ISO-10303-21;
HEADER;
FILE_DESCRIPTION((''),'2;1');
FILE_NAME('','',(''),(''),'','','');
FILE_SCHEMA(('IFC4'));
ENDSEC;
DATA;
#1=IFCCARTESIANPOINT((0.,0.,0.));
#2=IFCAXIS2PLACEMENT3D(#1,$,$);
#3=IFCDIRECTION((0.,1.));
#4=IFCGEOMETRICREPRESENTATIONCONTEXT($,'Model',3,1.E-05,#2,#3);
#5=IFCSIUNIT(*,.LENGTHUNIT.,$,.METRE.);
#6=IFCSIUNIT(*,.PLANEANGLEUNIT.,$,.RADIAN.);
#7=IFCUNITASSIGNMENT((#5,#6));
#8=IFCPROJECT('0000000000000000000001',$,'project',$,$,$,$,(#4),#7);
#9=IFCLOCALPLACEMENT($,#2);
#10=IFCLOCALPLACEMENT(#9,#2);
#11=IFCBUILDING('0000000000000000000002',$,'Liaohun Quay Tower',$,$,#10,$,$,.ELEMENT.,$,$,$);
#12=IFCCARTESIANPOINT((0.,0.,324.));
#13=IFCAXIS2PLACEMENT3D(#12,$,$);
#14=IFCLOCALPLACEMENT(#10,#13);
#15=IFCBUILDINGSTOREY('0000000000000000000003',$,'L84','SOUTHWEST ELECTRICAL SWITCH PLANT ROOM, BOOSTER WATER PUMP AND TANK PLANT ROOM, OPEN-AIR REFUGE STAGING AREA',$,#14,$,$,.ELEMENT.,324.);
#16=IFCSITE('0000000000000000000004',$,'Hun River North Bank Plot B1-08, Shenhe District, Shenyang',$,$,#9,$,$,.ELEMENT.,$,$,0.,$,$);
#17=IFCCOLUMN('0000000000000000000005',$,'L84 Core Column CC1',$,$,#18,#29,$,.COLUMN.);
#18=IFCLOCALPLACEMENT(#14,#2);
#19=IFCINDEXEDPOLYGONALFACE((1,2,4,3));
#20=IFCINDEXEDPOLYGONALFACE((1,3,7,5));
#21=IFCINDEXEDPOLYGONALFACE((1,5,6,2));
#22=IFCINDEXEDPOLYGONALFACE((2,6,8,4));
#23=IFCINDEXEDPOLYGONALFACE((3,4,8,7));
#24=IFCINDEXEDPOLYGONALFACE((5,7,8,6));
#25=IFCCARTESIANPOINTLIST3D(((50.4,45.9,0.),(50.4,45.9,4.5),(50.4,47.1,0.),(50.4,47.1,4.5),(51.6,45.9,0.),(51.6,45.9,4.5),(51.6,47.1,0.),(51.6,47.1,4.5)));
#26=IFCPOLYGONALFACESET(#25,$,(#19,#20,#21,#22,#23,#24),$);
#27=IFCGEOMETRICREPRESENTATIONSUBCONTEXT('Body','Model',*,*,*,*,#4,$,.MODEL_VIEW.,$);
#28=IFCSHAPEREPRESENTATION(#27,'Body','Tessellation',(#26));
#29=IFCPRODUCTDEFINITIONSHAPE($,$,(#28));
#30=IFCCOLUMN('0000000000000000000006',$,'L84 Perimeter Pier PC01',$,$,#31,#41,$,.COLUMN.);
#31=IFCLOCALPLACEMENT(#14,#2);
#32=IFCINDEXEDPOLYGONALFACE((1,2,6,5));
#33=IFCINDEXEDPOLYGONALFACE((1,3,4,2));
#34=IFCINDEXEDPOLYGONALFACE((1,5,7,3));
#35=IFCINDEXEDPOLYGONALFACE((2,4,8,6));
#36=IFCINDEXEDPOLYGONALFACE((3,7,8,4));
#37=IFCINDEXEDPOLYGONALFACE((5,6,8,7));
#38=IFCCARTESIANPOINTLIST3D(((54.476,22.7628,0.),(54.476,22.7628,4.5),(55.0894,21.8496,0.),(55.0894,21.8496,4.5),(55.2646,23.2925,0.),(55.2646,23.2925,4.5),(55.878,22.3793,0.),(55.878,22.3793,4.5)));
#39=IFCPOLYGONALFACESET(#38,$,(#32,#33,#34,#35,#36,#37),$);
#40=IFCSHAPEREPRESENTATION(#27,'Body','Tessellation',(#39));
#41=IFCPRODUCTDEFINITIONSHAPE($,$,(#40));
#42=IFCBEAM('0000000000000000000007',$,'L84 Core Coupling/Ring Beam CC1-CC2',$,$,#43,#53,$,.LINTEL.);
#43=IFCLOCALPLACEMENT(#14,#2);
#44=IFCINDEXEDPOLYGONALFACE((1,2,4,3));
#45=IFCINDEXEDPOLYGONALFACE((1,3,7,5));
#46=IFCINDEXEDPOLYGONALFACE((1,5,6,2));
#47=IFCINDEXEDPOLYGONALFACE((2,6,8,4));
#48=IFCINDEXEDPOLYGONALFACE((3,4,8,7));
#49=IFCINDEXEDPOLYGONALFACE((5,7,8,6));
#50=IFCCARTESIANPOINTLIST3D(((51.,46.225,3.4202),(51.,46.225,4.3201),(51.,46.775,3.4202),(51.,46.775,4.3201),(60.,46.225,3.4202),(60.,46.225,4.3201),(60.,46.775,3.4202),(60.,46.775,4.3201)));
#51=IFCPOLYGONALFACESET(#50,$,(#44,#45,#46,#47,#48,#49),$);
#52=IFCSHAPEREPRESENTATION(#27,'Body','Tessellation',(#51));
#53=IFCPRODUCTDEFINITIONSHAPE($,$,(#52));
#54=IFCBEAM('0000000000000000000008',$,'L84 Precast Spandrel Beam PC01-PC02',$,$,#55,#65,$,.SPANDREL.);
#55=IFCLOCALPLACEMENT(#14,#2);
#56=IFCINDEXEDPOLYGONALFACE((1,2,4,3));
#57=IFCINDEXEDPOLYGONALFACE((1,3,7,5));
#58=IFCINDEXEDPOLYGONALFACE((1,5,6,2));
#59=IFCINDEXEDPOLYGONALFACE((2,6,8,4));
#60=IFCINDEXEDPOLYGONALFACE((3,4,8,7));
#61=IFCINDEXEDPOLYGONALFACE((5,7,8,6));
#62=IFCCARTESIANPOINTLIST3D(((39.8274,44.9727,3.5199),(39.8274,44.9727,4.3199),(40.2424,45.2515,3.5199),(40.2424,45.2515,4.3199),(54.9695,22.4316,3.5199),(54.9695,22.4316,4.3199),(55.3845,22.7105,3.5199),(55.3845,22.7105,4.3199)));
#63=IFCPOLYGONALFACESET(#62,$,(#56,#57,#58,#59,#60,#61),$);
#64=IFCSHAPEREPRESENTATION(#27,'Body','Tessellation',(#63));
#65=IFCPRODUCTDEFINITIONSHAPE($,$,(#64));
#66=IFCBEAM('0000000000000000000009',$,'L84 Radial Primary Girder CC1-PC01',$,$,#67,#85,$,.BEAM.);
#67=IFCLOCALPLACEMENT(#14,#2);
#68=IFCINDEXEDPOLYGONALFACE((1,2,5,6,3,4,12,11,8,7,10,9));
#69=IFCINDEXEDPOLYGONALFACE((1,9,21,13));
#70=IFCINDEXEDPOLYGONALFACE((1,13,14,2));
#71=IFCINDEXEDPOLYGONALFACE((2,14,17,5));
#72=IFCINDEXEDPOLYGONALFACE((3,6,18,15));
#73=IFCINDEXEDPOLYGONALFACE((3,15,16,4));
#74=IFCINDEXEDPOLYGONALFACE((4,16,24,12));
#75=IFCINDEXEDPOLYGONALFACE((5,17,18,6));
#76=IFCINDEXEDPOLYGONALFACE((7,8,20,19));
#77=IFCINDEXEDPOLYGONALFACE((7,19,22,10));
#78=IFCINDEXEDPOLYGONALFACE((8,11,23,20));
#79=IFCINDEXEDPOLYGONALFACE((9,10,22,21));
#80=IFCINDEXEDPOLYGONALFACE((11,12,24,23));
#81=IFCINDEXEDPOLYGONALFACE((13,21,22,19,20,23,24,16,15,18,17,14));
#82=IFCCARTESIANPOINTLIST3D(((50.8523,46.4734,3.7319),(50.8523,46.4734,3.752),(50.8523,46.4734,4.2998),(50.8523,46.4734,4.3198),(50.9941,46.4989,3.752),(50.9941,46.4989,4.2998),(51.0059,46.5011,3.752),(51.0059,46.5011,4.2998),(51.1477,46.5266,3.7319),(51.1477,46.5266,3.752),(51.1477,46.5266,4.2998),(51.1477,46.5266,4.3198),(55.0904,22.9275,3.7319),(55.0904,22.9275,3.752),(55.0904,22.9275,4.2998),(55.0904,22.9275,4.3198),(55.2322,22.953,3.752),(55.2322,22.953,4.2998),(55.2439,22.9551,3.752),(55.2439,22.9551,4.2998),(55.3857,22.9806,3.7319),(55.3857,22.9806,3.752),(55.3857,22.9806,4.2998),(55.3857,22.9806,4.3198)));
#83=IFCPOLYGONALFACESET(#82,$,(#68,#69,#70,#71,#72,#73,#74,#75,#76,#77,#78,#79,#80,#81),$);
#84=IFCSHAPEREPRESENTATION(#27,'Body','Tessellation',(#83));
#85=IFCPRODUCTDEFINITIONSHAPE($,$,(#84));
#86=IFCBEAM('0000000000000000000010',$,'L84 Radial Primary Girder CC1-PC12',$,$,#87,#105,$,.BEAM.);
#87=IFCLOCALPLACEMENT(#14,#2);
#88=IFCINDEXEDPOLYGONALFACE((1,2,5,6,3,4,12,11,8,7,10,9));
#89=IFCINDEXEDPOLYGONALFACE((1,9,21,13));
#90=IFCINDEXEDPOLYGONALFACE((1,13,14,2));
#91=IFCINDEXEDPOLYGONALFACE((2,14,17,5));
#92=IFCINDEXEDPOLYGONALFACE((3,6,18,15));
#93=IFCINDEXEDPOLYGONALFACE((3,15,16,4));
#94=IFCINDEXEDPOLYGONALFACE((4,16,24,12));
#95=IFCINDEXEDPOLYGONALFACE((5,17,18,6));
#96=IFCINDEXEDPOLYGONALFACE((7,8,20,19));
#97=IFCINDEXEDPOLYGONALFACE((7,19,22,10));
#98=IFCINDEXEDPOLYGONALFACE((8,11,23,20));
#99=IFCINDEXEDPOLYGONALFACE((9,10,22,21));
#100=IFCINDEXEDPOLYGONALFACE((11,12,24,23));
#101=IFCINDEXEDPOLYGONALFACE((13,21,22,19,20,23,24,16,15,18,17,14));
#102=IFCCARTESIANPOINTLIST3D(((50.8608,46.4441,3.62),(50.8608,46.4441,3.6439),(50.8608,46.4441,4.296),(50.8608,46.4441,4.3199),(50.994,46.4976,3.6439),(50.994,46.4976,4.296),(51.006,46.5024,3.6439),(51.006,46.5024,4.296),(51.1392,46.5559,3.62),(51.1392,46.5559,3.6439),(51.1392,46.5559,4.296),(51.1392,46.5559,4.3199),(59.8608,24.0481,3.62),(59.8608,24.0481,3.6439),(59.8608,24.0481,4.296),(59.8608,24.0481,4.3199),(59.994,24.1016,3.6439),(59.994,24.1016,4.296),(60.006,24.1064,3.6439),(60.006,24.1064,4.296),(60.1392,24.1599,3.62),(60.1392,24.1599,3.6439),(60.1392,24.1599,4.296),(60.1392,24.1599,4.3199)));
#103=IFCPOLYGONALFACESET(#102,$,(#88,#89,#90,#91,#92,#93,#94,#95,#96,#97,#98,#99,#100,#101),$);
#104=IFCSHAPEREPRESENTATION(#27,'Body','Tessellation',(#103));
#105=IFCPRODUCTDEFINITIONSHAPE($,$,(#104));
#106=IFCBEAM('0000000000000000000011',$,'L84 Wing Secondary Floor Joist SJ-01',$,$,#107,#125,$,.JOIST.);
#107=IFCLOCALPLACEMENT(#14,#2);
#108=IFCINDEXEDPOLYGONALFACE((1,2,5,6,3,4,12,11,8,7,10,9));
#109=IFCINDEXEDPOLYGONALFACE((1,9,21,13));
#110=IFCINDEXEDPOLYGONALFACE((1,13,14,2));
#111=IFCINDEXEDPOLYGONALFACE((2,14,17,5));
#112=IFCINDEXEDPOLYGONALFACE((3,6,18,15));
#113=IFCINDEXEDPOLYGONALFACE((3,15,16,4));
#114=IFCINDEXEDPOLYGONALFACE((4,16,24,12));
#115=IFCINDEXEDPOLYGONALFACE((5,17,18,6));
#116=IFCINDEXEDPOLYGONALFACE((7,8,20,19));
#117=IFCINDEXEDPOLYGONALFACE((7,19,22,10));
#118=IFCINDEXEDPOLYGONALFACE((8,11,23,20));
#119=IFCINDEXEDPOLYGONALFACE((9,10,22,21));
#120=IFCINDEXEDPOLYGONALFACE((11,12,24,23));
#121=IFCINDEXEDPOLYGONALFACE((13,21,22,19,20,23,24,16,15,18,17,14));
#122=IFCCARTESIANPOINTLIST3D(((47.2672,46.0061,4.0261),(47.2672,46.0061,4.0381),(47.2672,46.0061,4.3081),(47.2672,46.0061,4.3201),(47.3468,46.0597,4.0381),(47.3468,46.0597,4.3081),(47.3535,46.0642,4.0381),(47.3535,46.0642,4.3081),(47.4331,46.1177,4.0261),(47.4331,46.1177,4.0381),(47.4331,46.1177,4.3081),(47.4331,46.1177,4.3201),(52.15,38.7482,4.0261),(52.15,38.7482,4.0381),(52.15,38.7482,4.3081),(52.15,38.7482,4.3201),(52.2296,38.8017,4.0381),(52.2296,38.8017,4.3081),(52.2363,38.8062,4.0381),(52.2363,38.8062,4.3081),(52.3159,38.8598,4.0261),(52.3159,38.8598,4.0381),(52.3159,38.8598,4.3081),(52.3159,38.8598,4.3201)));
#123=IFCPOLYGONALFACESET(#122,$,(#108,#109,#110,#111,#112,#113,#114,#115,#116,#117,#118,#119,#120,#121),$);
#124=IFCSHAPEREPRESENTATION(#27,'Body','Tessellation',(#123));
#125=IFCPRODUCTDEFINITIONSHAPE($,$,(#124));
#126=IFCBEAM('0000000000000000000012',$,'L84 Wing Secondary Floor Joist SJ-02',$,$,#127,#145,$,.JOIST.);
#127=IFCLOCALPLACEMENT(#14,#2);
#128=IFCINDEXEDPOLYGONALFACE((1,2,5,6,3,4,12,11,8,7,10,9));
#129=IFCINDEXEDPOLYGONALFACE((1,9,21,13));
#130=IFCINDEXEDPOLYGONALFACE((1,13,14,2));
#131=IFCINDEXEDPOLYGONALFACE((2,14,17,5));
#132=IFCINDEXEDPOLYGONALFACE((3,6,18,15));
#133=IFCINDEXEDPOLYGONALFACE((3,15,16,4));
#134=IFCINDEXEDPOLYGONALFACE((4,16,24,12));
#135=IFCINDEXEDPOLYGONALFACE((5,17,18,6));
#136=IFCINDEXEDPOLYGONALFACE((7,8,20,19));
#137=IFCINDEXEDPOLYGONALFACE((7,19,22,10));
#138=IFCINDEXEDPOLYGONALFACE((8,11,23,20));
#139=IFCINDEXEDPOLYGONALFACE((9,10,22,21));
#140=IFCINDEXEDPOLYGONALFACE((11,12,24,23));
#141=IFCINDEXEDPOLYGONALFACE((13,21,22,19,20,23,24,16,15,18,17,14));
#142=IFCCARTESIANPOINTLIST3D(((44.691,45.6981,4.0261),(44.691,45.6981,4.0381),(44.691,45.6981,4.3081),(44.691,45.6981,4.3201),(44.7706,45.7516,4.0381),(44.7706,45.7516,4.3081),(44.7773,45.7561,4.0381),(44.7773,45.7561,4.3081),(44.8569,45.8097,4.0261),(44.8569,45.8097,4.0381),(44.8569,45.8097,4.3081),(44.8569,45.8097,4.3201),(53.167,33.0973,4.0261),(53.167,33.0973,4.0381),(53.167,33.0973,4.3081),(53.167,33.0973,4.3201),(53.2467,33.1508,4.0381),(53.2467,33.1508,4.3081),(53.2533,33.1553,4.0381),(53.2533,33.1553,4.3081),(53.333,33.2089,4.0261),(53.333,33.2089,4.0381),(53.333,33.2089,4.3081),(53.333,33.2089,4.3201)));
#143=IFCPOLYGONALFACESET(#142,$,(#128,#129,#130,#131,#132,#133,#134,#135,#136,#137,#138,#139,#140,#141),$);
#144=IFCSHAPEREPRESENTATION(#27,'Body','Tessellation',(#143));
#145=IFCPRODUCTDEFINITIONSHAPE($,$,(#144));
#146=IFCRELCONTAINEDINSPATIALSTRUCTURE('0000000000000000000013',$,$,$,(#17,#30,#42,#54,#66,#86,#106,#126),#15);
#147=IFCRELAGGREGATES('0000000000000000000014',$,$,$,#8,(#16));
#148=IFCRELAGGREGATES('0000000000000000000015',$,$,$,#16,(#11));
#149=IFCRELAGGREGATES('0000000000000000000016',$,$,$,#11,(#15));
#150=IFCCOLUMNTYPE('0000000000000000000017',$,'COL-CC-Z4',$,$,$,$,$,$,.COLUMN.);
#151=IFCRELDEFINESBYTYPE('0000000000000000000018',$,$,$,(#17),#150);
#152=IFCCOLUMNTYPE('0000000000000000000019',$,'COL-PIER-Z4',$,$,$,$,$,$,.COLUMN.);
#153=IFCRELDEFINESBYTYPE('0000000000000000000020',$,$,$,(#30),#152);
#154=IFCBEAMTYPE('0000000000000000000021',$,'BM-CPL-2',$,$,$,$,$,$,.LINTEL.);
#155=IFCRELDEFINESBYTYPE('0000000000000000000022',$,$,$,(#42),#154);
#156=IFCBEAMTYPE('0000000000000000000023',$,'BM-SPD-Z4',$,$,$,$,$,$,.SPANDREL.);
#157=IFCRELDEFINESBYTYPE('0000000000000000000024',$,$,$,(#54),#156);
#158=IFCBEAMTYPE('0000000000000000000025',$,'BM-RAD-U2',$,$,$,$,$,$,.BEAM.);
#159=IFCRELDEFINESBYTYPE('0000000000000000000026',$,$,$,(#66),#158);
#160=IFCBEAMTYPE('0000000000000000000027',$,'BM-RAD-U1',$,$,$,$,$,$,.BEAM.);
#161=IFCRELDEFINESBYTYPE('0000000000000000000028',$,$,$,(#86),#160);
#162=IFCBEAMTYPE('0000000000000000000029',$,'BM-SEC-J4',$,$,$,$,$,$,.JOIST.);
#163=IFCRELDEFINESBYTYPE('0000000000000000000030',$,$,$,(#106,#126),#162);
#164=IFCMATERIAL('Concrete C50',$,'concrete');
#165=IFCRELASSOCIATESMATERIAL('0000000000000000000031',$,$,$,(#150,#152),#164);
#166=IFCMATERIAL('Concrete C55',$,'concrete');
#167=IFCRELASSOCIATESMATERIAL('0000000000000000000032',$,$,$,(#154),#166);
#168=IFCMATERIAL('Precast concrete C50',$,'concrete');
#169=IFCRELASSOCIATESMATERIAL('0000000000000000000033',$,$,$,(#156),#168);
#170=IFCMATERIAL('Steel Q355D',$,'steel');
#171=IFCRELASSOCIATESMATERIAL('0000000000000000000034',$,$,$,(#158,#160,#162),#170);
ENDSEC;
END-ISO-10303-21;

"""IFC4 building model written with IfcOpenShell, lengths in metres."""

from ifc_helpers import new_model, si_unit, direction, frame, origin, origin_2d, place, context, subcontext, project, spatial, rectangle, i_section, extrude, source, transform, mapped, material, material_profile, profile_set, type_object, element, save


model = new_model("IFC4")

# Units and contexts
model_context = context("Model", 3, precision=1e-05, world=origin(), true_north=direction((0.0, 1.0)))
body_context = subcontext(model_context, "Body", "Model", "MODEL_VIEW")
ifc_project = project(units=[si_unit("LENGTHUNIT", "METRE"), si_unit("PLANEANGLEUNIT", "RADIAN")], contexts=[model_context])

# Site, building, storey
site_placement = place(None, origin())
site = spatial("IfcSite", under=ifc_project, at=site_placement, Name="Hun River North Bank Plot B1-08, Shenhe District, Shenyang", CompositionType="ELEMENT", RefElevation=0.0)
building_placement = place(site_placement, origin())
building = spatial("IfcBuilding", under=site, at=building_placement, Name="Liaohun Quay Tower", CompositionType="ELEMENT")
storey_placement = place(building_placement, frame((0.0, 0.0, 324.0)))
storey = spatial("IfcBuildingStorey", under=building, at=storey_placement, Name="L84", Description="SOUTHWEST ELECTRICAL SWITCH PLANT ROOM, BOOSTER WATER PUMP AND TANK PLANT ROOM, OPEN-AIR REFUGE STAGING AREA", CompositionType="ELEMENT", Elevation=324.0)

# Columns
ifc_material_1 = material(Name="Concrete C50", Category="concrete")
ifc_material_profile_1 = material_profile(ifc_material_1, rectangle(XDim=1.2, YDim=1.2, at=origin_2d()), Name="RC1200x1200")
ifc_profile_set_1 = profile_set([ifc_material_profile_1], Name="Concrete C50")
column_type_1 = type_object("IfcColumnType", Name="COL-CC-Z4", PredefinedType="COLUMN", material=ifc_profile_set_1)
shared_shape_1 = source(origin(), body_context, "Body", "SweptSolid", [
    extrude(rectangle(XDim=1.2, YDim=1.2, at=origin_2d()), origin(), (0.0, 0.0, 1.0), 4.5),
])
column_1_placement = place(storey_placement, frame((51.0, 46.5, 0.0), z_axis=(0.0, 0.0, 1.0), x_axis=(1.0, 0.0, 0.0)))
element("IfcColumn", 1, at=column_1_placement, inside=storey, type_object=column_type_1, Name="L84 Core Column CC1", PredefinedType="COLUMN", context=body_context, shape_type="MappedRepresentation", body=[
    mapped(shared_shape_1, transform((0.0, 0.0, 0.0), x_axis=(1.0, 0.0, 0.0), y_axis=(0.0, 1.0, 0.0), z_axis=(0.0, 0.0, 1.0), scale=1.0)),
])
ifc_material_profile_2 = material_profile(ifc_material_1, rectangle(XDim=1.1001, YDim=0.95, at=origin_2d()), Name="RC1100x950")
ifc_profile_set_2 = profile_set([ifc_material_profile_2], Name="Concrete C50")
column_type_2 = type_object("IfcColumnType", Name="COL-PIER-Z4", PredefinedType="COLUMN", material=ifc_profile_set_2)
shared_shape_2 = source(origin(), body_context, "Body", "SweptSolid", [
    extrude(rectangle(XDim=1.1001, YDim=0.95, at=origin_2d()), origin(), (0.0, 0.0, 1.0), 4.5),
])
column_2_placement = place(storey_placement, frame((55.177, 22.571, 0.0), z_axis=(0.0, 0.0, 1.0), x_axis=(-0.5576, 0.83011, 0.0)))
element("IfcColumn", 2, at=column_2_placement, inside=storey, type_object=column_type_2, Name="L84 Perimeter Pier PC01", PredefinedType="COLUMN", context=body_context, shape_type="MappedRepresentation", body=[
    mapped(shared_shape_2, transform((0.0, 0.0, 0.0), x_axis=(1.0, 0.0, 0.0), y_axis=(0.0, 1.0, 0.0), z_axis=(0.0, 0.0, 1.0), scale=1.0)),
])

# Beams
ifc_material_2 = material(Name="Concrete C55", Category="concrete")
ifc_material_profile_3 = material_profile(ifc_material_2, rectangle(XDim=0.55, YDim=0.8999, at=origin_2d()), Name="RC550x900")
ifc_profile_set_3 = profile_set([ifc_material_profile_3], Name="Concrete C55")
beam_type_1 = type_object("IfcBeamType", Name="BM-CPL-2", PredefinedType="LINTEL", material=ifc_profile_set_3)
shared_shape_3 = source(origin(), body_context, "Body", "SweptSolid", [
    extrude(rectangle(XDim=0.55, YDim=0.8999, at=origin_2d()), origin(), (0.0, 0.0, 1.0), 9.0),
])
beam_1_placement = place(storey_placement, frame((51.0, 46.5, 3.8701), z_axis=(1.0, 0.0, 0.0), x_axis=(0.0, 1.0, 0.0)))
element("IfcBeam", 3, at=beam_1_placement, inside=storey, type_object=beam_type_1, Name="L84 Core Coupling/Ring Beam CC1-CC2", PredefinedType="LINTEL", context=body_context, shape_type="MappedRepresentation", body=[
    mapped(shared_shape_3, transform((0.0, 0.0, 0.0), x_axis=(1.0, 0.0, 0.0), y_axis=(0.0, 1.0, 0.0), z_axis=(0.0, 0.0, 1.0), scale=1.0)),
])
ifc_material_3 = material(Name="Precast concrete C50", Category="concrete")
ifc_material_profile_4 = material_profile(ifc_material_3, rectangle(XDim=0.5, YDim=0.8, at=origin_2d()), Name="RC500x800")
ifc_profile_set_4 = profile_set([ifc_material_profile_4], Name="Precast concrete C50")
beam_type_2 = type_object("IfcBeamType", Name="BM-SPD-Z4", PredefinedType="SPANDREL", material=ifc_profile_set_4)
shared_shape_4 = source(origin(), body_context, "Body", "SweptSolid", [
    extrude(rectangle(XDim=0.5, YDim=0.8, at=origin_2d()), origin(), (0.0, 0.0, 1.0), 27.1548),
])
beam_2_placement = place(storey_placement, frame((55.177, 22.571, 3.9199), z_axis=(-0.557622, 0.830095, 0.0), x_axis=(-0.830095, -0.557622, 0.0)))
element("IfcBeam", 4, at=beam_2_placement, inside=storey, type_object=beam_type_2, Name="L84 Precast Spandrel Beam PC01-PC02", PredefinedType="SPANDREL", context=body_context, shape_type="MappedRepresentation", body=[
    mapped(shared_shape_4, transform((0.0, 0.0, 0.0), x_axis=(1.0, 0.0, 0.0), y_axis=(0.0, 1.0, 0.0), z_axis=(0.0, 0.0, 1.0), scale=1.0)),
])
ifc_material_4 = material(Name="Steel Q355D", Category="steel")
ifc_material_profile_5 = material_profile(ifc_material_4, i_section(OverallWidth=0.3, OverallDepth=0.5879, WebThickness=0.012, FlangeThickness=0.02, at=origin_2d()), Name="HM588x300x12x20")
ifc_profile_set_5 = profile_set([ifc_material_profile_5], Name="Steel Q355D")
beam_type_3 = type_object("IfcBeamType", Name="BM-RAD-U2", PredefinedType="BEAM", material=ifc_profile_set_5)
shared_shape_5 = source(origin(), body_context, "Body", "SweptSolid", [
    extrude(i_section(OverallWidth=0.3, OverallDepth=0.5879, WebThickness=0.012, FlangeThickness=0.02, at=origin_2d()), origin(), (0.0, 0.0, 1.0), 23.9243),
])
beam_3_placement = place(storey_placement, frame((51.0, 46.5, 4.0259), z_axis=(0.177144, -0.984185, 0.0), x_axis=(0.984185, 0.177144, 0.0)))
element("IfcBeam", 5, at=beam_3_placement, inside=storey, type_object=beam_type_3, Name="L84 Radial Primary Girder CC1-PC01", PredefinedType="BEAM", context=body_context, shape_type="MappedRepresentation", body=[
    mapped(shared_shape_5, transform((0.0, 0.0, 0.0), x_axis=(1.0, 0.0, 0.0), y_axis=(0.0, 1.0, 0.0), z_axis=(0.0, 0.0, 1.0), scale=1.0)),
])
ifc_material_profile_6 = material_profile(ifc_material_4, i_section(OverallWidth=0.3, OverallDepth=0.7, WebThickness=0.0129, FlangeThickness=0.0239, at=origin_2d()), Name="HN700x300x13x24")
ifc_profile_set_6 = profile_set([ifc_material_profile_6], Name="Steel Q355D")
beam_type_4 = type_object("IfcBeamType", Name="BM-RAD-U1", PredefinedType="BEAM", material=ifc_profile_set_6)
shared_shape_6 = source(origin(), body_context, "Body", "SweptSolid", [
    extrude(i_section(OverallWidth=0.3, OverallDepth=0.7, WebThickness=0.0129, FlangeThickness=0.0239, at=origin_2d()), origin(), (0.0, 0.0, 1.0), 24.1367),
])
beam_4_placement = place(storey_placement, frame((51.0, 46.5, 3.97), z_axis=(0.372876, -0.927881, 0.0), x_axis=(0.927881, 0.372876, 0.0)))
element("IfcBeam", 6, at=beam_4_placement, inside=storey, type_object=beam_type_4, Name="L84 Radial Primary Girder CC1-PC12", PredefinedType="BEAM", context=body_context, shape_type="MappedRepresentation", body=[
    mapped(shared_shape_6, transform((0.0, 0.0, 0.0), x_axis=(1.0, 0.0, 0.0), y_axis=(0.0, 1.0, 0.0), z_axis=(0.0, 0.0, 1.0), scale=1.0)),
])
ifc_material_profile_7 = material_profile(ifc_material_4, i_section(OverallWidth=0.2, OverallDepth=0.2939, WebThickness=0.0081, FlangeThickness=0.012, at=origin_2d()), Name="HM294x200x8x12")
ifc_profile_set_7 = profile_set([ifc_material_profile_7], Name="Steel Q355D")
beam_type_5 = type_object("IfcBeamType", Name="BM-SEC-J4", PredefinedType="JOIST", material=ifc_profile_set_7)
shared_shape_7 = source(origin(), body_context, "Body", "SweptSolid", [
    extrude(i_section(OverallWidth=0.2, OverallDepth=0.2939, WebThickness=0.0081, FlangeThickness=0.012, at=origin_2d()), origin(), (0.0, 0.0, 1.0), 8.7476),
])
beam_5_placement = place(storey_placement, frame((52.2329, 38.804, 4.1731), z_axis=(-0.558186, 0.829716, 0.0), x_axis=(-0.829716, -0.558186, 0.0)))
element("IfcBeam", 7, at=beam_5_placement, inside=storey, type_object=beam_type_5, Name="L84 Wing Secondary Floor Joist SJ-01", PredefinedType="JOIST", context=body_context, shape_type="MappedRepresentation", body=[
    mapped(shared_shape_7, transform((0.0, 0.0, 0.0), x_axis=(1.0, 0.0, 0.0), y_axis=(0.0, 1.0, 0.0), z_axis=(0.0, 0.0, 1.0), scale=1.0)),
])
shared_shape_8 = source(origin(), body_context, "Body", "SweptSolid", [
    extrude(i_section(OverallWidth=0.2, OverallDepth=0.2939, WebThickness=0.0081, FlangeThickness=0.012, at=origin_2d()), origin(), (0.0, 0.0, 1.0), 15.1863),
])
beam_6_placement = place(storey_placement, frame((53.25, 33.1531, 4.1731), z_axis=(-0.558138, 0.829748, 0.0), x_axis=(-0.829748, -0.558138, 0.0)))
element("IfcBeam", 8, at=beam_6_placement, inside=storey, type_object=beam_type_5, Name="L84 Wing Secondary Floor Joist SJ-02", PredefinedType="JOIST", context=body_context, shape_type="MappedRepresentation", body=[
    mapped(shared_shape_8, transform((0.0, 0.0, 0.0), x_axis=(1.0, 0.0, 0.0), y_axis=(0.0, 1.0, 0.0), z_axis=(0.0, 0.0, 1.0), scale=1.0)),
])

save(model, "model.ifc")
